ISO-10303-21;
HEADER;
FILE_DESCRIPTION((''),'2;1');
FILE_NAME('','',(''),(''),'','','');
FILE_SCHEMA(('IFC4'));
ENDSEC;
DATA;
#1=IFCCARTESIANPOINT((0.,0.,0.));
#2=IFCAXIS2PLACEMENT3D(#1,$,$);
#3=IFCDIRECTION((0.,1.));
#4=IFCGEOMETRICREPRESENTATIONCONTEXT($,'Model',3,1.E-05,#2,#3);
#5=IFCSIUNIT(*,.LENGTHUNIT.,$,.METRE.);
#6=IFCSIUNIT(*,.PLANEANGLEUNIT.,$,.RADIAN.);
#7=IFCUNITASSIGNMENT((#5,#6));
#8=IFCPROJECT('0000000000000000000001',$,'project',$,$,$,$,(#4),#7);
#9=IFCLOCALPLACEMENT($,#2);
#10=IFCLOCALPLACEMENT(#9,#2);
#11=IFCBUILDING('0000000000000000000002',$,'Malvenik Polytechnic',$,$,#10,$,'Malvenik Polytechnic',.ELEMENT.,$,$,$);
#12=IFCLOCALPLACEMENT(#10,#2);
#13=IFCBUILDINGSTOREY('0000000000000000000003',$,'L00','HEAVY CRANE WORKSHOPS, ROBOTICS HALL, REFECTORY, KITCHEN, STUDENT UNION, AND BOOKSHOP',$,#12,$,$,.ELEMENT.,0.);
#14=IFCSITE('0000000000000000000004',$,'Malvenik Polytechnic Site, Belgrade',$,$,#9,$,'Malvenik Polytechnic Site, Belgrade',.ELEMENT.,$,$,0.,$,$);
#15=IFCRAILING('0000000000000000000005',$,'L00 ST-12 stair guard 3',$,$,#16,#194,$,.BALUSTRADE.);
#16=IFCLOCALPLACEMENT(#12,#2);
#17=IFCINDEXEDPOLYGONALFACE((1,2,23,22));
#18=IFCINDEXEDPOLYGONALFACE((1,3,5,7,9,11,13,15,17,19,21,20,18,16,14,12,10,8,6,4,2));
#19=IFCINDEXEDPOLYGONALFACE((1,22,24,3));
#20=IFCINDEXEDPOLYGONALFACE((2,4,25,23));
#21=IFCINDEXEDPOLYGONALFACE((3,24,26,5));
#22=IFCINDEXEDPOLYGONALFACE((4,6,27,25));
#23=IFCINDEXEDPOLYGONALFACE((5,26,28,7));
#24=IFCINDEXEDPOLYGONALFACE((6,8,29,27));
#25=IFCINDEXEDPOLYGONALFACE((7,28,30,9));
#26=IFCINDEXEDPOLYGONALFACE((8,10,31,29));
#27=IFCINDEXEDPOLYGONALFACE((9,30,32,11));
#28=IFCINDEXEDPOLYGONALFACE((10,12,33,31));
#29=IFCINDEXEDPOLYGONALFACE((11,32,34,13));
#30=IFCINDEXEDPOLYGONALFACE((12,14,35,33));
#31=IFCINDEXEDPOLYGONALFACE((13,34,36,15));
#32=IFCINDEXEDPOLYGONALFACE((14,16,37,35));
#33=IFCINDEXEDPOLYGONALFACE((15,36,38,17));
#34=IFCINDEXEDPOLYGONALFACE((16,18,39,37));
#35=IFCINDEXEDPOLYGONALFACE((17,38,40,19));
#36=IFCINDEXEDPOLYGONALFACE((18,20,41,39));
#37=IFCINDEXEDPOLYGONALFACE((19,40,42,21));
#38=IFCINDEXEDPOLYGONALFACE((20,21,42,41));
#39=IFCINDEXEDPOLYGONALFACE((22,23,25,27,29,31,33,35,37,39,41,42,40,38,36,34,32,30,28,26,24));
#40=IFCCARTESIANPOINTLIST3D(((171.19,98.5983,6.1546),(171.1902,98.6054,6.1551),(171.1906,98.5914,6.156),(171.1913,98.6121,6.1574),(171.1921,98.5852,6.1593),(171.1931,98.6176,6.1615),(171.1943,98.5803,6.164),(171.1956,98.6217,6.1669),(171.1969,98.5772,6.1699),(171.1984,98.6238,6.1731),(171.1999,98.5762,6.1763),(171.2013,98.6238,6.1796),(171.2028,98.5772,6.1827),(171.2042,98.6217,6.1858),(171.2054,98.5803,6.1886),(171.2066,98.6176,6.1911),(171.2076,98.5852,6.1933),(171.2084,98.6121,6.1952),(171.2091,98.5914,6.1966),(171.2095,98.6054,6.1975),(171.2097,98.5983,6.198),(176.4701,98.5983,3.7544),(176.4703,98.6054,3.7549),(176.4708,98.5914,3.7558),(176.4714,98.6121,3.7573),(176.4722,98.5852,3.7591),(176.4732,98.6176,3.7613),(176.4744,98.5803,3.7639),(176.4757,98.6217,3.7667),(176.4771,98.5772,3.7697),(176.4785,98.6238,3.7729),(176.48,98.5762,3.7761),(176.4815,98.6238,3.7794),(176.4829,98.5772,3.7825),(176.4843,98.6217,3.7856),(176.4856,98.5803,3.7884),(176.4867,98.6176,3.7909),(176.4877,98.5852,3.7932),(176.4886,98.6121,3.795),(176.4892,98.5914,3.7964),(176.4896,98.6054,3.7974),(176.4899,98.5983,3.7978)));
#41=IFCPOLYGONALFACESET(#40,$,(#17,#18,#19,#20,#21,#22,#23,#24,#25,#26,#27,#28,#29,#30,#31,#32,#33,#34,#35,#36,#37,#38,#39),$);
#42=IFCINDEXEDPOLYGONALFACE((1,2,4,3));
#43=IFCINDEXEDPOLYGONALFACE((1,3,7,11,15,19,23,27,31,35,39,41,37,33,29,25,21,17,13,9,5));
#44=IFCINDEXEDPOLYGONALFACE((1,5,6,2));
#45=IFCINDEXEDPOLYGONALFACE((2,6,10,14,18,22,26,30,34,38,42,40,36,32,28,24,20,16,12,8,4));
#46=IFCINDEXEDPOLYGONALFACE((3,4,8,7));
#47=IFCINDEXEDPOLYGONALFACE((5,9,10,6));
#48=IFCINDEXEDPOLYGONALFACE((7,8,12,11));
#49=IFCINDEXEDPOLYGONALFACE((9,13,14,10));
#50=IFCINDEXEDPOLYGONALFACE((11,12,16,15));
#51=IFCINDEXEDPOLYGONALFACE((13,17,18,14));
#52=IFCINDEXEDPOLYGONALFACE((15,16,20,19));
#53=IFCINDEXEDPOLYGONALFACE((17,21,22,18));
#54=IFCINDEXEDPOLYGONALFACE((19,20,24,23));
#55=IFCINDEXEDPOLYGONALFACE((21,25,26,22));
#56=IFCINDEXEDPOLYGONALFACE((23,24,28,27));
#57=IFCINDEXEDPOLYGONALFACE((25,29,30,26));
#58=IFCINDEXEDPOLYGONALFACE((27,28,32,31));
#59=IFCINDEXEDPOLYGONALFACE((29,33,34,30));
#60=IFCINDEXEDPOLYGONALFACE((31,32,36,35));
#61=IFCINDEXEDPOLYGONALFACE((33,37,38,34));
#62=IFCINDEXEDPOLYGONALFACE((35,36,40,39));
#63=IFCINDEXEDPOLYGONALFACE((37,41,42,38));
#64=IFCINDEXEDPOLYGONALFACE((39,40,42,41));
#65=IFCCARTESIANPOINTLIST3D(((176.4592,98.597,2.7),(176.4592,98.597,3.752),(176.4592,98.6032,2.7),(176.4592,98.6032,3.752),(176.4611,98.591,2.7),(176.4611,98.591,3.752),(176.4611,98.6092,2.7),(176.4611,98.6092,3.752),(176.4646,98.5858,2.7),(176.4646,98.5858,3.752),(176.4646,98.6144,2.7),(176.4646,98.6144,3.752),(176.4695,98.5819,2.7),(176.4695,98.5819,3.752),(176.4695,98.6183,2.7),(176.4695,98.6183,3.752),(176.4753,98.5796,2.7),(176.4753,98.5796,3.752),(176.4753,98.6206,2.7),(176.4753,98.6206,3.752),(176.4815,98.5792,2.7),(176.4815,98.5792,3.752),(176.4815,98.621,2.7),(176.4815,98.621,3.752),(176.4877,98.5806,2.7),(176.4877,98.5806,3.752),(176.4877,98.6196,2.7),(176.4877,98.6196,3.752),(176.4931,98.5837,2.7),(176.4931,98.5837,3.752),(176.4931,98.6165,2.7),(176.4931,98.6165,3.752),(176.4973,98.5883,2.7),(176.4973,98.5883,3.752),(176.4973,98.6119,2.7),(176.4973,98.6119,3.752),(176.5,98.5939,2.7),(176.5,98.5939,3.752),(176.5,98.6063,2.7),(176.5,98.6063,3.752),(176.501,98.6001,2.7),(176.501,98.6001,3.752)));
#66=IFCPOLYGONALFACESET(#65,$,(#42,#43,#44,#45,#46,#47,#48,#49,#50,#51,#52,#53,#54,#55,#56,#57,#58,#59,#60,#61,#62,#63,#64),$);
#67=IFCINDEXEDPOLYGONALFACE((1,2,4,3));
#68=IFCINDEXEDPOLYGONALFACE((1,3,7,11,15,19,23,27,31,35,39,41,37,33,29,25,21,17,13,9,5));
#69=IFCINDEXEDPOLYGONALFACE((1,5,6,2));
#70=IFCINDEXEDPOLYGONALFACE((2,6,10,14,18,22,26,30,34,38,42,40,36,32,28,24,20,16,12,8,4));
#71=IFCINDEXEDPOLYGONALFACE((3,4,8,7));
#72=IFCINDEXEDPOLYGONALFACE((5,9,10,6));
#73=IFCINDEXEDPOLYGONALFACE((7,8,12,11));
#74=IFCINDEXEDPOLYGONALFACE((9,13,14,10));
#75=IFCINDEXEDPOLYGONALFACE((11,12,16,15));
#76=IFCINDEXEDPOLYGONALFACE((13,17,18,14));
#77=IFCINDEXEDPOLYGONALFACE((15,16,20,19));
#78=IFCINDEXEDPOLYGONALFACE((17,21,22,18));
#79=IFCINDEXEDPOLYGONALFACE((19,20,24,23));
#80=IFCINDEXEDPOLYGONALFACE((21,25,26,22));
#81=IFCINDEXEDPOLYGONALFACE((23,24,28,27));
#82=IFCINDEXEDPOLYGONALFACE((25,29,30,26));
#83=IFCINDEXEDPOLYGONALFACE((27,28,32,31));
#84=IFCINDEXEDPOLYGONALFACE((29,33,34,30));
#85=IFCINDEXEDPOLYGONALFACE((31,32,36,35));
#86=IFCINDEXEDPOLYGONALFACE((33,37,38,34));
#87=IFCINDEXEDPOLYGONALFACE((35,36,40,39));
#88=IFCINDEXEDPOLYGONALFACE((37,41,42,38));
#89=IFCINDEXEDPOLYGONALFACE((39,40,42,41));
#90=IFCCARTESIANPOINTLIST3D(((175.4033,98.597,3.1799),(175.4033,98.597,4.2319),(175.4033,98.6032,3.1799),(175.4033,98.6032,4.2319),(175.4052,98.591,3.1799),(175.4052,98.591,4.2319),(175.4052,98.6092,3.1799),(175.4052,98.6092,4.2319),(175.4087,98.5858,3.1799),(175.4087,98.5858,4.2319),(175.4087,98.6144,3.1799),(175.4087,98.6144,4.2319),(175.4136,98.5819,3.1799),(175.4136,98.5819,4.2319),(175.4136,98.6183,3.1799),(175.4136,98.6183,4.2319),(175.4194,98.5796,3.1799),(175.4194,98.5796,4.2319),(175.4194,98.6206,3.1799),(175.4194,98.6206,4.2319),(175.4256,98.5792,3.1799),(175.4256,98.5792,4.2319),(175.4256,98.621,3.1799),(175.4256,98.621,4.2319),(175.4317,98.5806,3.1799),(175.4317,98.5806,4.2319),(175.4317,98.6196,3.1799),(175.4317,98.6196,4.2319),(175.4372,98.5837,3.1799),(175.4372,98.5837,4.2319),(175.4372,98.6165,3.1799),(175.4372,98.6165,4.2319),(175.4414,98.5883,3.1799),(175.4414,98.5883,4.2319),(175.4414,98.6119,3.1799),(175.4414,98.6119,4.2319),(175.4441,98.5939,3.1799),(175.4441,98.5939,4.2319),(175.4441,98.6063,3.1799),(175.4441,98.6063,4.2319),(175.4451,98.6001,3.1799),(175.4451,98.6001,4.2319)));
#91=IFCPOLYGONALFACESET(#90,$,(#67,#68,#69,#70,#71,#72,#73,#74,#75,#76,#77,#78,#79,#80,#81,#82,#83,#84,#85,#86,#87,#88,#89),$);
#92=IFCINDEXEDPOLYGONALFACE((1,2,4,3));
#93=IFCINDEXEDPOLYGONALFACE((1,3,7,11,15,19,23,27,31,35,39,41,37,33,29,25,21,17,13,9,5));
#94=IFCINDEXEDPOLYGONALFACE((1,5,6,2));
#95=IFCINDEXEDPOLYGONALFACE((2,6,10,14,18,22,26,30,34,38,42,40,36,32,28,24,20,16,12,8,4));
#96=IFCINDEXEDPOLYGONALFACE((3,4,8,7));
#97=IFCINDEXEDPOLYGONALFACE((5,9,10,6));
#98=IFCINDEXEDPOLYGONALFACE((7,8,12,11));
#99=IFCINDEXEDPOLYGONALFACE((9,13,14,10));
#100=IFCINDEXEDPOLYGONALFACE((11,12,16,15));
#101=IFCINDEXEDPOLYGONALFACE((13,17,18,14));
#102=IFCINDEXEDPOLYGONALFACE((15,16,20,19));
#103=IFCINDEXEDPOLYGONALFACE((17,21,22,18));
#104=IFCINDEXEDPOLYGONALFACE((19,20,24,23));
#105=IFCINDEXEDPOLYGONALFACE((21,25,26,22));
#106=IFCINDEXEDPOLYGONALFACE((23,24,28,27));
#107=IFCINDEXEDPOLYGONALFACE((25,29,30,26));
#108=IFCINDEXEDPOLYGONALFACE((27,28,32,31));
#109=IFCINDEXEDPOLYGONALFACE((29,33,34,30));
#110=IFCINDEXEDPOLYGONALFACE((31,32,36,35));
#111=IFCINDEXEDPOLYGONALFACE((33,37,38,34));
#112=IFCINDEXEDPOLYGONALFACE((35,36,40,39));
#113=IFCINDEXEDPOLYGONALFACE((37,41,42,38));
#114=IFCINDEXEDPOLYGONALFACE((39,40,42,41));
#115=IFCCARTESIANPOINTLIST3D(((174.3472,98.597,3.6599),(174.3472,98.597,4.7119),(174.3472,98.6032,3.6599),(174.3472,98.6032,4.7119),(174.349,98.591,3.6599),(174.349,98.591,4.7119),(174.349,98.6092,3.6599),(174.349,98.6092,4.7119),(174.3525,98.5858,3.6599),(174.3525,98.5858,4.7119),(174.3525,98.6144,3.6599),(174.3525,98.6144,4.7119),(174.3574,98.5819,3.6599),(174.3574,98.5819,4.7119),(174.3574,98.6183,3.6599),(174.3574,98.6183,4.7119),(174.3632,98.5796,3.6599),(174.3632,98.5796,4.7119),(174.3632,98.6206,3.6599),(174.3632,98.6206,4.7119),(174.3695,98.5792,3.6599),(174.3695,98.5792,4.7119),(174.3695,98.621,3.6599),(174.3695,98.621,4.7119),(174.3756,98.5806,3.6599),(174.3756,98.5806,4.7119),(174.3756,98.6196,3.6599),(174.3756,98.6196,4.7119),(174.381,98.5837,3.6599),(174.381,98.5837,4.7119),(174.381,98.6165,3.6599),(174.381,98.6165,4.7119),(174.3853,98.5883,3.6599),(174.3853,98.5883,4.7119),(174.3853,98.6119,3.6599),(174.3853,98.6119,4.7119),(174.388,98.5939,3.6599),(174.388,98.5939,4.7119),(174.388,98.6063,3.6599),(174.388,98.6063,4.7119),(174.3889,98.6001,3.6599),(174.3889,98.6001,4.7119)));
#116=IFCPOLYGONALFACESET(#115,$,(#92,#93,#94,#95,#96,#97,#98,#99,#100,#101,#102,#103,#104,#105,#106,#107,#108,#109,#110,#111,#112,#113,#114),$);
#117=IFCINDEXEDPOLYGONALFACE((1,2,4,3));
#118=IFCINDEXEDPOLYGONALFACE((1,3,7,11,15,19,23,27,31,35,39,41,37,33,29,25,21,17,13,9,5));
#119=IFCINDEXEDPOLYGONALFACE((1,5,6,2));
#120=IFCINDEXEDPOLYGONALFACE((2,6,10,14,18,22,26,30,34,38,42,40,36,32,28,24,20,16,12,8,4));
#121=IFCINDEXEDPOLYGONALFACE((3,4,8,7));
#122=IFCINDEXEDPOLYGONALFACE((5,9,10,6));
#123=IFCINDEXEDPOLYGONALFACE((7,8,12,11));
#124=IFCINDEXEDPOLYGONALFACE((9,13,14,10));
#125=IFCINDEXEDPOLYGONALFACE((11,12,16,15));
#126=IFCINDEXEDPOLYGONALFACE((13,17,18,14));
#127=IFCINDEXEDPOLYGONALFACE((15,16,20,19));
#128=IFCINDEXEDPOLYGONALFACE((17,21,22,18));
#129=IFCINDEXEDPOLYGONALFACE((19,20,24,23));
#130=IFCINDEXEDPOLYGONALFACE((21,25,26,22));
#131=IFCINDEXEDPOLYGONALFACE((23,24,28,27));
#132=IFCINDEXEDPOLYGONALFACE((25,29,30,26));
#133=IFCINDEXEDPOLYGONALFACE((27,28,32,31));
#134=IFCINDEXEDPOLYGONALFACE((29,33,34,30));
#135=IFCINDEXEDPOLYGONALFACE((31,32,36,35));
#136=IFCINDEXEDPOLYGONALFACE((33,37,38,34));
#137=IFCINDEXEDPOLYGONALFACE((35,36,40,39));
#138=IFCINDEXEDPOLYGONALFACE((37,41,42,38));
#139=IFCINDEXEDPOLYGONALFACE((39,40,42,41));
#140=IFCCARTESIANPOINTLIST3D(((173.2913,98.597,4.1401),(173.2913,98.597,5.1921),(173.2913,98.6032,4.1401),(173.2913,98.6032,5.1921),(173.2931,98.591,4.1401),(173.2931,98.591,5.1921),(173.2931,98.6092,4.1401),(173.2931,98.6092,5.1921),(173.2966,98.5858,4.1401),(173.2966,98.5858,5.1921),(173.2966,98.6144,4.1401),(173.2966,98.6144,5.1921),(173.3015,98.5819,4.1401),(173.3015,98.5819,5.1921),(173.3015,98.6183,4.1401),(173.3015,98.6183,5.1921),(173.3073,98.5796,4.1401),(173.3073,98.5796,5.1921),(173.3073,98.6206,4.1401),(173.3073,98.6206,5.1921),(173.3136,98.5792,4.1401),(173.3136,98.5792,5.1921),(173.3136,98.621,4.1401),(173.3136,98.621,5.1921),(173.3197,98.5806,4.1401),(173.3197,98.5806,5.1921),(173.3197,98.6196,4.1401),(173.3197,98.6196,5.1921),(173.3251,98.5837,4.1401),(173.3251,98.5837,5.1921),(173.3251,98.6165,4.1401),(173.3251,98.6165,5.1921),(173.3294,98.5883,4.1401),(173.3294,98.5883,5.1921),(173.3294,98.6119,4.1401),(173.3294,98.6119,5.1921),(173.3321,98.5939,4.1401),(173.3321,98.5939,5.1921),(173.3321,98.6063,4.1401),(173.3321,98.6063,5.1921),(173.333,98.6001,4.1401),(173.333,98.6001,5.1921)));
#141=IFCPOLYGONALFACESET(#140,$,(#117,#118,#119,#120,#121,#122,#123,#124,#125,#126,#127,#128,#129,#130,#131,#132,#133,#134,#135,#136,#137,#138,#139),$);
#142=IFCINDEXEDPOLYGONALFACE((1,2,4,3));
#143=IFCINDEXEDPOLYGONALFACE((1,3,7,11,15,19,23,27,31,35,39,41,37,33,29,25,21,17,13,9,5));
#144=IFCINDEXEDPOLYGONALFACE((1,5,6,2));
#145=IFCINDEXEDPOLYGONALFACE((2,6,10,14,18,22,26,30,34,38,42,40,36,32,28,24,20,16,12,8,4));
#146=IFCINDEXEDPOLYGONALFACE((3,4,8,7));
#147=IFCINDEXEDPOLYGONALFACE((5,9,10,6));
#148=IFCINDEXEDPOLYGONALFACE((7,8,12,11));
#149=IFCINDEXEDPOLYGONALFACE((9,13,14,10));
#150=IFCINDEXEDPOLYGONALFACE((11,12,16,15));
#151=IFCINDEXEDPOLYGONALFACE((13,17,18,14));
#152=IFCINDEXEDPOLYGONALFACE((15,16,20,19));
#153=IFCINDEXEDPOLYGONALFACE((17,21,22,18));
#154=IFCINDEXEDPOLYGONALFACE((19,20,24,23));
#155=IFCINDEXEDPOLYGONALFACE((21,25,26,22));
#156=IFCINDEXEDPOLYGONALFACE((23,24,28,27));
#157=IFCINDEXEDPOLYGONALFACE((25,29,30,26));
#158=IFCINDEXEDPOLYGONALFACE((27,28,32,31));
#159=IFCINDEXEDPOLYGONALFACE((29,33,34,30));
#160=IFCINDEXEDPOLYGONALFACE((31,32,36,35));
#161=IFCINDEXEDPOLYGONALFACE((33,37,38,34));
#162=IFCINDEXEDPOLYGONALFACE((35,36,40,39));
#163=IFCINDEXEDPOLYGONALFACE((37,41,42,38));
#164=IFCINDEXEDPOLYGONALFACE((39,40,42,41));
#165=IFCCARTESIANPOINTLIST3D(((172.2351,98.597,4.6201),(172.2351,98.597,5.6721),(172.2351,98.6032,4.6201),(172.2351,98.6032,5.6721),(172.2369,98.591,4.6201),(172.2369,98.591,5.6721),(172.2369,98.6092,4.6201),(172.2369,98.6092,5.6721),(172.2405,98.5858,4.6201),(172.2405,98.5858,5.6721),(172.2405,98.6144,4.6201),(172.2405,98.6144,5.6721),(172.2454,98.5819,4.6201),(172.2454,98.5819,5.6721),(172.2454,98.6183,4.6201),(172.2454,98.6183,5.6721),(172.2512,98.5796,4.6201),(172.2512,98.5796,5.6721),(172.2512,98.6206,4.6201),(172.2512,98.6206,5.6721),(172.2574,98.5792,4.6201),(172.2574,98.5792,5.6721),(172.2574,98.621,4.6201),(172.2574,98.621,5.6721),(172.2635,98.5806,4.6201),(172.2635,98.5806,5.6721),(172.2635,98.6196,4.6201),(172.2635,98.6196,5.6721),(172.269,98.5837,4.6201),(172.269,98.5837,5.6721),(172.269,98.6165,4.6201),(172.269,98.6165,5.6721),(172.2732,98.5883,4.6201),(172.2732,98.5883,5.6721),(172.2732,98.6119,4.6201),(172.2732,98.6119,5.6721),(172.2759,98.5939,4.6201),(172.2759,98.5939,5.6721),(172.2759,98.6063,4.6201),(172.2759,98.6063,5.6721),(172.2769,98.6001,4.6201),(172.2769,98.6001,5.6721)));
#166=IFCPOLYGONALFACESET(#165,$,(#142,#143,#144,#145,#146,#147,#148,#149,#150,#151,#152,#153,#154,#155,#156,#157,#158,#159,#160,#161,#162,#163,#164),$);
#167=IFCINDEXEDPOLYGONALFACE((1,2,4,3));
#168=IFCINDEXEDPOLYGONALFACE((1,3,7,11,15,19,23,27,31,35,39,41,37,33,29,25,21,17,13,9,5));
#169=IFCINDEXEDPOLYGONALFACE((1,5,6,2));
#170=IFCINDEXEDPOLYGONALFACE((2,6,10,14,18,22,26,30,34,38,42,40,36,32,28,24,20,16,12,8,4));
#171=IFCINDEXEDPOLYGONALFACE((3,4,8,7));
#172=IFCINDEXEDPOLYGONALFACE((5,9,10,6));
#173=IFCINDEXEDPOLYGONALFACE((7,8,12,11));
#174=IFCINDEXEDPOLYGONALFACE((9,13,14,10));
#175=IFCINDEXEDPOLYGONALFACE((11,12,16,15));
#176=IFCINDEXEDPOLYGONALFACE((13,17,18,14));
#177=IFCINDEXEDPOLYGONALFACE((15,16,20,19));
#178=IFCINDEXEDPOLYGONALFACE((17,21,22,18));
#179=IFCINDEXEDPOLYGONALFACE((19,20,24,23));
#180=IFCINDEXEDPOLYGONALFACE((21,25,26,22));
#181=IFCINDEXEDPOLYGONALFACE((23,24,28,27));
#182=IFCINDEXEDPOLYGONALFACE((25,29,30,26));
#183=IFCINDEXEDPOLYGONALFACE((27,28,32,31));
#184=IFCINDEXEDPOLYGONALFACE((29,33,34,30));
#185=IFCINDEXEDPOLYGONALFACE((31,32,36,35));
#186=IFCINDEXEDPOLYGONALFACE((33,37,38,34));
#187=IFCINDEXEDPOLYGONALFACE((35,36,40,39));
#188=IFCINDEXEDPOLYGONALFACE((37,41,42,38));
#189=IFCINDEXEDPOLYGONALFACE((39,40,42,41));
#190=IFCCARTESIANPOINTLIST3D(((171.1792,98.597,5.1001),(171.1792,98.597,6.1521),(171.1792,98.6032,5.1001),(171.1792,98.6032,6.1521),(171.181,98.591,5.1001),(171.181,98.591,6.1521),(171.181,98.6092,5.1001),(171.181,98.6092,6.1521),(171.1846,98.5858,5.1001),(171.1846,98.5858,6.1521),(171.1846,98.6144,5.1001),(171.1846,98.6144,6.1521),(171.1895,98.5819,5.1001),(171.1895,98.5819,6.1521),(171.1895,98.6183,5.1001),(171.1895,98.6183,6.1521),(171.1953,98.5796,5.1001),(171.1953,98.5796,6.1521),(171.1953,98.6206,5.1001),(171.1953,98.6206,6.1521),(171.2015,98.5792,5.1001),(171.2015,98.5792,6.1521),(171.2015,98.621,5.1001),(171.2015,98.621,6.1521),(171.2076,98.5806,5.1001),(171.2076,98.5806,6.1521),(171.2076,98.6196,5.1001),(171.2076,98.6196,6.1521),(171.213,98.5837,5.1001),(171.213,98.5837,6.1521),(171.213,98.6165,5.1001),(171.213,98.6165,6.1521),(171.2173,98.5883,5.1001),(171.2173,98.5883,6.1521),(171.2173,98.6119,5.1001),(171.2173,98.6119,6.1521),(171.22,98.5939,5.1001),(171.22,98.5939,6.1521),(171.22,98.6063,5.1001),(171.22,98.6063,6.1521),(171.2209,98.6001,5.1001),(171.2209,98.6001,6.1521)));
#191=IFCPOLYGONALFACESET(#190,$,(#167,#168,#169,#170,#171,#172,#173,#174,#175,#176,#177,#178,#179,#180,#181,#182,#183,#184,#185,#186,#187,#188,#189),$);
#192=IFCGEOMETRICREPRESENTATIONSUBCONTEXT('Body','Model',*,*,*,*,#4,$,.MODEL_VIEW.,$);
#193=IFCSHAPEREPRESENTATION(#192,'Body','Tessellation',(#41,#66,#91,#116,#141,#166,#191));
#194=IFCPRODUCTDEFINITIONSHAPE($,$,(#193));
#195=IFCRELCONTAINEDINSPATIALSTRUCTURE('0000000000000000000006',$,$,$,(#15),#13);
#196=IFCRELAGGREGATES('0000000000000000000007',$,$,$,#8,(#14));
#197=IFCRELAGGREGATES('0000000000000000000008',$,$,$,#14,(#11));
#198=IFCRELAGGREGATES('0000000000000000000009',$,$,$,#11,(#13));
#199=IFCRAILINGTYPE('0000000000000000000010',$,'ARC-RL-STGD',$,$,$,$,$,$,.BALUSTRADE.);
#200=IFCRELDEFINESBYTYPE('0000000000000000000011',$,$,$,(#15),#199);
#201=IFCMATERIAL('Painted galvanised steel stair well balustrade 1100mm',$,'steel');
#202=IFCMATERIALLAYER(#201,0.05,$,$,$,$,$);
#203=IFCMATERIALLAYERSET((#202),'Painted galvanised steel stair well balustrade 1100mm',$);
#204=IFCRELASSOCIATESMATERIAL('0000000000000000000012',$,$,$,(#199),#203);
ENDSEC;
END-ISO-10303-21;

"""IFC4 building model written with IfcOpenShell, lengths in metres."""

from ifc_helpers import new_model, si_unit, direction, frame, origin, origin_2d, place, context, subcontext, project, spatial, circle, extrude, material, layer, layer_set, type_object, element, save


model = new_model("IFC4")

# Units and contexts
model_context = context("Model", 3, precision=1e-05, world=origin(), true_north=direction((0.0, 1.0)))
body_context = subcontext(model_context, "Body", "Model", "MODEL_VIEW")
ifc_project = project(units=[si_unit("LENGTHUNIT", "METRE"), si_unit("PLANEANGLEUNIT", "RADIAN")], contexts=[model_context])

# Site, building, storey
site_placement = place(None, origin())
site = spatial("IfcSite", under=ifc_project, at=site_placement, Name="Malvenik Polytechnic Site, Belgrade", LongName="Malvenik Polytechnic Site, Belgrade", CompositionType="ELEMENT", RefElevation=0.0)
building_placement = place(site_placement, origin())
building = spatial("IfcBuilding", under=site, at=building_placement, Name="Malvenik Polytechnic", LongName="Malvenik Polytechnic", CompositionType="ELEMENT")
storey_placement = place(building_placement, origin())
storey = spatial("IfcBuildingStorey", under=building, at=storey_placement, Name="L00", Description="HEAVY CRANE WORKSHOPS, ROBOTICS HALL, REFECTORY, KITCHEN, STUDENT UNION, AND BOOKSHOP", CompositionType="ELEMENT", Elevation=0.0)

# Railing
ifc_material_1 = material(Name="Painted galvanised steel stair well balustrade 1100mm", Category="steel")
ifc_layer_1 = layer(ifc_material_1, 0.05)
ifc_layer_set_1 = layer_set([ifc_layer_1], Name="Painted galvanised steel stair well balustrade 1100mm")
railing_type_1 = type_object("IfcRailingType", Name="ARC-RL-STGD", PredefinedType="BALUSTRADE", material=ifc_layer_set_1)
railing_1_placement = place(storey_placement, frame((176.48, 98.6001, 2.7)))
element("IfcRailing", 1, at=railing_1_placement, inside=storey, type_object=railing_type_1, Name="L00 ST-12 stair guard 3", PredefinedType="BALUSTRADE", context=body_context, shape_type="SweptSolid", body=[
    extrude(circle(Radius=0.0239, at=origin_2d()), frame((0.0, 0.0, 1.0762), z_axis=(-0.910358, 0.0, 0.413822), x_axis=(0.0, -1.0, 0.0)), (0.0, 0.0, 1.0), 5.8),
    extrude(circle(Radius=0.021, at=origin_2d()), origin(), (0.0, 0.0, 1.0), 1.052),
    extrude(circle(Radius=0.021, at=origin_2d()), frame((-1.0559, 0.0, 0.48)), (0.0, 0.0, 1.0), 1.052),
    extrude(circle(Radius=0.021, at=origin_2d()), frame((-2.1121, 0.0, 0.96)), (0.0, 0.0, 1.0), 1.052),
    extrude(circle(Radius=0.021, at=origin_2d()), frame((-3.168, 0.0, 1.4402)), (0.0, 0.0, 1.0), 1.052),
    extrude(circle(Radius=0.021, at=origin_2d()), frame((-4.2241, 0.0, 1.9202)), (0.0, 0.0, 1.0), 1.052),
    extrude(circle(Radius=0.021, at=origin_2d()), frame((-5.28, 0.0, 2.4001)), (0.0, 0.0, 1.0), 1.052),
])

save(model, "model.ifc")
